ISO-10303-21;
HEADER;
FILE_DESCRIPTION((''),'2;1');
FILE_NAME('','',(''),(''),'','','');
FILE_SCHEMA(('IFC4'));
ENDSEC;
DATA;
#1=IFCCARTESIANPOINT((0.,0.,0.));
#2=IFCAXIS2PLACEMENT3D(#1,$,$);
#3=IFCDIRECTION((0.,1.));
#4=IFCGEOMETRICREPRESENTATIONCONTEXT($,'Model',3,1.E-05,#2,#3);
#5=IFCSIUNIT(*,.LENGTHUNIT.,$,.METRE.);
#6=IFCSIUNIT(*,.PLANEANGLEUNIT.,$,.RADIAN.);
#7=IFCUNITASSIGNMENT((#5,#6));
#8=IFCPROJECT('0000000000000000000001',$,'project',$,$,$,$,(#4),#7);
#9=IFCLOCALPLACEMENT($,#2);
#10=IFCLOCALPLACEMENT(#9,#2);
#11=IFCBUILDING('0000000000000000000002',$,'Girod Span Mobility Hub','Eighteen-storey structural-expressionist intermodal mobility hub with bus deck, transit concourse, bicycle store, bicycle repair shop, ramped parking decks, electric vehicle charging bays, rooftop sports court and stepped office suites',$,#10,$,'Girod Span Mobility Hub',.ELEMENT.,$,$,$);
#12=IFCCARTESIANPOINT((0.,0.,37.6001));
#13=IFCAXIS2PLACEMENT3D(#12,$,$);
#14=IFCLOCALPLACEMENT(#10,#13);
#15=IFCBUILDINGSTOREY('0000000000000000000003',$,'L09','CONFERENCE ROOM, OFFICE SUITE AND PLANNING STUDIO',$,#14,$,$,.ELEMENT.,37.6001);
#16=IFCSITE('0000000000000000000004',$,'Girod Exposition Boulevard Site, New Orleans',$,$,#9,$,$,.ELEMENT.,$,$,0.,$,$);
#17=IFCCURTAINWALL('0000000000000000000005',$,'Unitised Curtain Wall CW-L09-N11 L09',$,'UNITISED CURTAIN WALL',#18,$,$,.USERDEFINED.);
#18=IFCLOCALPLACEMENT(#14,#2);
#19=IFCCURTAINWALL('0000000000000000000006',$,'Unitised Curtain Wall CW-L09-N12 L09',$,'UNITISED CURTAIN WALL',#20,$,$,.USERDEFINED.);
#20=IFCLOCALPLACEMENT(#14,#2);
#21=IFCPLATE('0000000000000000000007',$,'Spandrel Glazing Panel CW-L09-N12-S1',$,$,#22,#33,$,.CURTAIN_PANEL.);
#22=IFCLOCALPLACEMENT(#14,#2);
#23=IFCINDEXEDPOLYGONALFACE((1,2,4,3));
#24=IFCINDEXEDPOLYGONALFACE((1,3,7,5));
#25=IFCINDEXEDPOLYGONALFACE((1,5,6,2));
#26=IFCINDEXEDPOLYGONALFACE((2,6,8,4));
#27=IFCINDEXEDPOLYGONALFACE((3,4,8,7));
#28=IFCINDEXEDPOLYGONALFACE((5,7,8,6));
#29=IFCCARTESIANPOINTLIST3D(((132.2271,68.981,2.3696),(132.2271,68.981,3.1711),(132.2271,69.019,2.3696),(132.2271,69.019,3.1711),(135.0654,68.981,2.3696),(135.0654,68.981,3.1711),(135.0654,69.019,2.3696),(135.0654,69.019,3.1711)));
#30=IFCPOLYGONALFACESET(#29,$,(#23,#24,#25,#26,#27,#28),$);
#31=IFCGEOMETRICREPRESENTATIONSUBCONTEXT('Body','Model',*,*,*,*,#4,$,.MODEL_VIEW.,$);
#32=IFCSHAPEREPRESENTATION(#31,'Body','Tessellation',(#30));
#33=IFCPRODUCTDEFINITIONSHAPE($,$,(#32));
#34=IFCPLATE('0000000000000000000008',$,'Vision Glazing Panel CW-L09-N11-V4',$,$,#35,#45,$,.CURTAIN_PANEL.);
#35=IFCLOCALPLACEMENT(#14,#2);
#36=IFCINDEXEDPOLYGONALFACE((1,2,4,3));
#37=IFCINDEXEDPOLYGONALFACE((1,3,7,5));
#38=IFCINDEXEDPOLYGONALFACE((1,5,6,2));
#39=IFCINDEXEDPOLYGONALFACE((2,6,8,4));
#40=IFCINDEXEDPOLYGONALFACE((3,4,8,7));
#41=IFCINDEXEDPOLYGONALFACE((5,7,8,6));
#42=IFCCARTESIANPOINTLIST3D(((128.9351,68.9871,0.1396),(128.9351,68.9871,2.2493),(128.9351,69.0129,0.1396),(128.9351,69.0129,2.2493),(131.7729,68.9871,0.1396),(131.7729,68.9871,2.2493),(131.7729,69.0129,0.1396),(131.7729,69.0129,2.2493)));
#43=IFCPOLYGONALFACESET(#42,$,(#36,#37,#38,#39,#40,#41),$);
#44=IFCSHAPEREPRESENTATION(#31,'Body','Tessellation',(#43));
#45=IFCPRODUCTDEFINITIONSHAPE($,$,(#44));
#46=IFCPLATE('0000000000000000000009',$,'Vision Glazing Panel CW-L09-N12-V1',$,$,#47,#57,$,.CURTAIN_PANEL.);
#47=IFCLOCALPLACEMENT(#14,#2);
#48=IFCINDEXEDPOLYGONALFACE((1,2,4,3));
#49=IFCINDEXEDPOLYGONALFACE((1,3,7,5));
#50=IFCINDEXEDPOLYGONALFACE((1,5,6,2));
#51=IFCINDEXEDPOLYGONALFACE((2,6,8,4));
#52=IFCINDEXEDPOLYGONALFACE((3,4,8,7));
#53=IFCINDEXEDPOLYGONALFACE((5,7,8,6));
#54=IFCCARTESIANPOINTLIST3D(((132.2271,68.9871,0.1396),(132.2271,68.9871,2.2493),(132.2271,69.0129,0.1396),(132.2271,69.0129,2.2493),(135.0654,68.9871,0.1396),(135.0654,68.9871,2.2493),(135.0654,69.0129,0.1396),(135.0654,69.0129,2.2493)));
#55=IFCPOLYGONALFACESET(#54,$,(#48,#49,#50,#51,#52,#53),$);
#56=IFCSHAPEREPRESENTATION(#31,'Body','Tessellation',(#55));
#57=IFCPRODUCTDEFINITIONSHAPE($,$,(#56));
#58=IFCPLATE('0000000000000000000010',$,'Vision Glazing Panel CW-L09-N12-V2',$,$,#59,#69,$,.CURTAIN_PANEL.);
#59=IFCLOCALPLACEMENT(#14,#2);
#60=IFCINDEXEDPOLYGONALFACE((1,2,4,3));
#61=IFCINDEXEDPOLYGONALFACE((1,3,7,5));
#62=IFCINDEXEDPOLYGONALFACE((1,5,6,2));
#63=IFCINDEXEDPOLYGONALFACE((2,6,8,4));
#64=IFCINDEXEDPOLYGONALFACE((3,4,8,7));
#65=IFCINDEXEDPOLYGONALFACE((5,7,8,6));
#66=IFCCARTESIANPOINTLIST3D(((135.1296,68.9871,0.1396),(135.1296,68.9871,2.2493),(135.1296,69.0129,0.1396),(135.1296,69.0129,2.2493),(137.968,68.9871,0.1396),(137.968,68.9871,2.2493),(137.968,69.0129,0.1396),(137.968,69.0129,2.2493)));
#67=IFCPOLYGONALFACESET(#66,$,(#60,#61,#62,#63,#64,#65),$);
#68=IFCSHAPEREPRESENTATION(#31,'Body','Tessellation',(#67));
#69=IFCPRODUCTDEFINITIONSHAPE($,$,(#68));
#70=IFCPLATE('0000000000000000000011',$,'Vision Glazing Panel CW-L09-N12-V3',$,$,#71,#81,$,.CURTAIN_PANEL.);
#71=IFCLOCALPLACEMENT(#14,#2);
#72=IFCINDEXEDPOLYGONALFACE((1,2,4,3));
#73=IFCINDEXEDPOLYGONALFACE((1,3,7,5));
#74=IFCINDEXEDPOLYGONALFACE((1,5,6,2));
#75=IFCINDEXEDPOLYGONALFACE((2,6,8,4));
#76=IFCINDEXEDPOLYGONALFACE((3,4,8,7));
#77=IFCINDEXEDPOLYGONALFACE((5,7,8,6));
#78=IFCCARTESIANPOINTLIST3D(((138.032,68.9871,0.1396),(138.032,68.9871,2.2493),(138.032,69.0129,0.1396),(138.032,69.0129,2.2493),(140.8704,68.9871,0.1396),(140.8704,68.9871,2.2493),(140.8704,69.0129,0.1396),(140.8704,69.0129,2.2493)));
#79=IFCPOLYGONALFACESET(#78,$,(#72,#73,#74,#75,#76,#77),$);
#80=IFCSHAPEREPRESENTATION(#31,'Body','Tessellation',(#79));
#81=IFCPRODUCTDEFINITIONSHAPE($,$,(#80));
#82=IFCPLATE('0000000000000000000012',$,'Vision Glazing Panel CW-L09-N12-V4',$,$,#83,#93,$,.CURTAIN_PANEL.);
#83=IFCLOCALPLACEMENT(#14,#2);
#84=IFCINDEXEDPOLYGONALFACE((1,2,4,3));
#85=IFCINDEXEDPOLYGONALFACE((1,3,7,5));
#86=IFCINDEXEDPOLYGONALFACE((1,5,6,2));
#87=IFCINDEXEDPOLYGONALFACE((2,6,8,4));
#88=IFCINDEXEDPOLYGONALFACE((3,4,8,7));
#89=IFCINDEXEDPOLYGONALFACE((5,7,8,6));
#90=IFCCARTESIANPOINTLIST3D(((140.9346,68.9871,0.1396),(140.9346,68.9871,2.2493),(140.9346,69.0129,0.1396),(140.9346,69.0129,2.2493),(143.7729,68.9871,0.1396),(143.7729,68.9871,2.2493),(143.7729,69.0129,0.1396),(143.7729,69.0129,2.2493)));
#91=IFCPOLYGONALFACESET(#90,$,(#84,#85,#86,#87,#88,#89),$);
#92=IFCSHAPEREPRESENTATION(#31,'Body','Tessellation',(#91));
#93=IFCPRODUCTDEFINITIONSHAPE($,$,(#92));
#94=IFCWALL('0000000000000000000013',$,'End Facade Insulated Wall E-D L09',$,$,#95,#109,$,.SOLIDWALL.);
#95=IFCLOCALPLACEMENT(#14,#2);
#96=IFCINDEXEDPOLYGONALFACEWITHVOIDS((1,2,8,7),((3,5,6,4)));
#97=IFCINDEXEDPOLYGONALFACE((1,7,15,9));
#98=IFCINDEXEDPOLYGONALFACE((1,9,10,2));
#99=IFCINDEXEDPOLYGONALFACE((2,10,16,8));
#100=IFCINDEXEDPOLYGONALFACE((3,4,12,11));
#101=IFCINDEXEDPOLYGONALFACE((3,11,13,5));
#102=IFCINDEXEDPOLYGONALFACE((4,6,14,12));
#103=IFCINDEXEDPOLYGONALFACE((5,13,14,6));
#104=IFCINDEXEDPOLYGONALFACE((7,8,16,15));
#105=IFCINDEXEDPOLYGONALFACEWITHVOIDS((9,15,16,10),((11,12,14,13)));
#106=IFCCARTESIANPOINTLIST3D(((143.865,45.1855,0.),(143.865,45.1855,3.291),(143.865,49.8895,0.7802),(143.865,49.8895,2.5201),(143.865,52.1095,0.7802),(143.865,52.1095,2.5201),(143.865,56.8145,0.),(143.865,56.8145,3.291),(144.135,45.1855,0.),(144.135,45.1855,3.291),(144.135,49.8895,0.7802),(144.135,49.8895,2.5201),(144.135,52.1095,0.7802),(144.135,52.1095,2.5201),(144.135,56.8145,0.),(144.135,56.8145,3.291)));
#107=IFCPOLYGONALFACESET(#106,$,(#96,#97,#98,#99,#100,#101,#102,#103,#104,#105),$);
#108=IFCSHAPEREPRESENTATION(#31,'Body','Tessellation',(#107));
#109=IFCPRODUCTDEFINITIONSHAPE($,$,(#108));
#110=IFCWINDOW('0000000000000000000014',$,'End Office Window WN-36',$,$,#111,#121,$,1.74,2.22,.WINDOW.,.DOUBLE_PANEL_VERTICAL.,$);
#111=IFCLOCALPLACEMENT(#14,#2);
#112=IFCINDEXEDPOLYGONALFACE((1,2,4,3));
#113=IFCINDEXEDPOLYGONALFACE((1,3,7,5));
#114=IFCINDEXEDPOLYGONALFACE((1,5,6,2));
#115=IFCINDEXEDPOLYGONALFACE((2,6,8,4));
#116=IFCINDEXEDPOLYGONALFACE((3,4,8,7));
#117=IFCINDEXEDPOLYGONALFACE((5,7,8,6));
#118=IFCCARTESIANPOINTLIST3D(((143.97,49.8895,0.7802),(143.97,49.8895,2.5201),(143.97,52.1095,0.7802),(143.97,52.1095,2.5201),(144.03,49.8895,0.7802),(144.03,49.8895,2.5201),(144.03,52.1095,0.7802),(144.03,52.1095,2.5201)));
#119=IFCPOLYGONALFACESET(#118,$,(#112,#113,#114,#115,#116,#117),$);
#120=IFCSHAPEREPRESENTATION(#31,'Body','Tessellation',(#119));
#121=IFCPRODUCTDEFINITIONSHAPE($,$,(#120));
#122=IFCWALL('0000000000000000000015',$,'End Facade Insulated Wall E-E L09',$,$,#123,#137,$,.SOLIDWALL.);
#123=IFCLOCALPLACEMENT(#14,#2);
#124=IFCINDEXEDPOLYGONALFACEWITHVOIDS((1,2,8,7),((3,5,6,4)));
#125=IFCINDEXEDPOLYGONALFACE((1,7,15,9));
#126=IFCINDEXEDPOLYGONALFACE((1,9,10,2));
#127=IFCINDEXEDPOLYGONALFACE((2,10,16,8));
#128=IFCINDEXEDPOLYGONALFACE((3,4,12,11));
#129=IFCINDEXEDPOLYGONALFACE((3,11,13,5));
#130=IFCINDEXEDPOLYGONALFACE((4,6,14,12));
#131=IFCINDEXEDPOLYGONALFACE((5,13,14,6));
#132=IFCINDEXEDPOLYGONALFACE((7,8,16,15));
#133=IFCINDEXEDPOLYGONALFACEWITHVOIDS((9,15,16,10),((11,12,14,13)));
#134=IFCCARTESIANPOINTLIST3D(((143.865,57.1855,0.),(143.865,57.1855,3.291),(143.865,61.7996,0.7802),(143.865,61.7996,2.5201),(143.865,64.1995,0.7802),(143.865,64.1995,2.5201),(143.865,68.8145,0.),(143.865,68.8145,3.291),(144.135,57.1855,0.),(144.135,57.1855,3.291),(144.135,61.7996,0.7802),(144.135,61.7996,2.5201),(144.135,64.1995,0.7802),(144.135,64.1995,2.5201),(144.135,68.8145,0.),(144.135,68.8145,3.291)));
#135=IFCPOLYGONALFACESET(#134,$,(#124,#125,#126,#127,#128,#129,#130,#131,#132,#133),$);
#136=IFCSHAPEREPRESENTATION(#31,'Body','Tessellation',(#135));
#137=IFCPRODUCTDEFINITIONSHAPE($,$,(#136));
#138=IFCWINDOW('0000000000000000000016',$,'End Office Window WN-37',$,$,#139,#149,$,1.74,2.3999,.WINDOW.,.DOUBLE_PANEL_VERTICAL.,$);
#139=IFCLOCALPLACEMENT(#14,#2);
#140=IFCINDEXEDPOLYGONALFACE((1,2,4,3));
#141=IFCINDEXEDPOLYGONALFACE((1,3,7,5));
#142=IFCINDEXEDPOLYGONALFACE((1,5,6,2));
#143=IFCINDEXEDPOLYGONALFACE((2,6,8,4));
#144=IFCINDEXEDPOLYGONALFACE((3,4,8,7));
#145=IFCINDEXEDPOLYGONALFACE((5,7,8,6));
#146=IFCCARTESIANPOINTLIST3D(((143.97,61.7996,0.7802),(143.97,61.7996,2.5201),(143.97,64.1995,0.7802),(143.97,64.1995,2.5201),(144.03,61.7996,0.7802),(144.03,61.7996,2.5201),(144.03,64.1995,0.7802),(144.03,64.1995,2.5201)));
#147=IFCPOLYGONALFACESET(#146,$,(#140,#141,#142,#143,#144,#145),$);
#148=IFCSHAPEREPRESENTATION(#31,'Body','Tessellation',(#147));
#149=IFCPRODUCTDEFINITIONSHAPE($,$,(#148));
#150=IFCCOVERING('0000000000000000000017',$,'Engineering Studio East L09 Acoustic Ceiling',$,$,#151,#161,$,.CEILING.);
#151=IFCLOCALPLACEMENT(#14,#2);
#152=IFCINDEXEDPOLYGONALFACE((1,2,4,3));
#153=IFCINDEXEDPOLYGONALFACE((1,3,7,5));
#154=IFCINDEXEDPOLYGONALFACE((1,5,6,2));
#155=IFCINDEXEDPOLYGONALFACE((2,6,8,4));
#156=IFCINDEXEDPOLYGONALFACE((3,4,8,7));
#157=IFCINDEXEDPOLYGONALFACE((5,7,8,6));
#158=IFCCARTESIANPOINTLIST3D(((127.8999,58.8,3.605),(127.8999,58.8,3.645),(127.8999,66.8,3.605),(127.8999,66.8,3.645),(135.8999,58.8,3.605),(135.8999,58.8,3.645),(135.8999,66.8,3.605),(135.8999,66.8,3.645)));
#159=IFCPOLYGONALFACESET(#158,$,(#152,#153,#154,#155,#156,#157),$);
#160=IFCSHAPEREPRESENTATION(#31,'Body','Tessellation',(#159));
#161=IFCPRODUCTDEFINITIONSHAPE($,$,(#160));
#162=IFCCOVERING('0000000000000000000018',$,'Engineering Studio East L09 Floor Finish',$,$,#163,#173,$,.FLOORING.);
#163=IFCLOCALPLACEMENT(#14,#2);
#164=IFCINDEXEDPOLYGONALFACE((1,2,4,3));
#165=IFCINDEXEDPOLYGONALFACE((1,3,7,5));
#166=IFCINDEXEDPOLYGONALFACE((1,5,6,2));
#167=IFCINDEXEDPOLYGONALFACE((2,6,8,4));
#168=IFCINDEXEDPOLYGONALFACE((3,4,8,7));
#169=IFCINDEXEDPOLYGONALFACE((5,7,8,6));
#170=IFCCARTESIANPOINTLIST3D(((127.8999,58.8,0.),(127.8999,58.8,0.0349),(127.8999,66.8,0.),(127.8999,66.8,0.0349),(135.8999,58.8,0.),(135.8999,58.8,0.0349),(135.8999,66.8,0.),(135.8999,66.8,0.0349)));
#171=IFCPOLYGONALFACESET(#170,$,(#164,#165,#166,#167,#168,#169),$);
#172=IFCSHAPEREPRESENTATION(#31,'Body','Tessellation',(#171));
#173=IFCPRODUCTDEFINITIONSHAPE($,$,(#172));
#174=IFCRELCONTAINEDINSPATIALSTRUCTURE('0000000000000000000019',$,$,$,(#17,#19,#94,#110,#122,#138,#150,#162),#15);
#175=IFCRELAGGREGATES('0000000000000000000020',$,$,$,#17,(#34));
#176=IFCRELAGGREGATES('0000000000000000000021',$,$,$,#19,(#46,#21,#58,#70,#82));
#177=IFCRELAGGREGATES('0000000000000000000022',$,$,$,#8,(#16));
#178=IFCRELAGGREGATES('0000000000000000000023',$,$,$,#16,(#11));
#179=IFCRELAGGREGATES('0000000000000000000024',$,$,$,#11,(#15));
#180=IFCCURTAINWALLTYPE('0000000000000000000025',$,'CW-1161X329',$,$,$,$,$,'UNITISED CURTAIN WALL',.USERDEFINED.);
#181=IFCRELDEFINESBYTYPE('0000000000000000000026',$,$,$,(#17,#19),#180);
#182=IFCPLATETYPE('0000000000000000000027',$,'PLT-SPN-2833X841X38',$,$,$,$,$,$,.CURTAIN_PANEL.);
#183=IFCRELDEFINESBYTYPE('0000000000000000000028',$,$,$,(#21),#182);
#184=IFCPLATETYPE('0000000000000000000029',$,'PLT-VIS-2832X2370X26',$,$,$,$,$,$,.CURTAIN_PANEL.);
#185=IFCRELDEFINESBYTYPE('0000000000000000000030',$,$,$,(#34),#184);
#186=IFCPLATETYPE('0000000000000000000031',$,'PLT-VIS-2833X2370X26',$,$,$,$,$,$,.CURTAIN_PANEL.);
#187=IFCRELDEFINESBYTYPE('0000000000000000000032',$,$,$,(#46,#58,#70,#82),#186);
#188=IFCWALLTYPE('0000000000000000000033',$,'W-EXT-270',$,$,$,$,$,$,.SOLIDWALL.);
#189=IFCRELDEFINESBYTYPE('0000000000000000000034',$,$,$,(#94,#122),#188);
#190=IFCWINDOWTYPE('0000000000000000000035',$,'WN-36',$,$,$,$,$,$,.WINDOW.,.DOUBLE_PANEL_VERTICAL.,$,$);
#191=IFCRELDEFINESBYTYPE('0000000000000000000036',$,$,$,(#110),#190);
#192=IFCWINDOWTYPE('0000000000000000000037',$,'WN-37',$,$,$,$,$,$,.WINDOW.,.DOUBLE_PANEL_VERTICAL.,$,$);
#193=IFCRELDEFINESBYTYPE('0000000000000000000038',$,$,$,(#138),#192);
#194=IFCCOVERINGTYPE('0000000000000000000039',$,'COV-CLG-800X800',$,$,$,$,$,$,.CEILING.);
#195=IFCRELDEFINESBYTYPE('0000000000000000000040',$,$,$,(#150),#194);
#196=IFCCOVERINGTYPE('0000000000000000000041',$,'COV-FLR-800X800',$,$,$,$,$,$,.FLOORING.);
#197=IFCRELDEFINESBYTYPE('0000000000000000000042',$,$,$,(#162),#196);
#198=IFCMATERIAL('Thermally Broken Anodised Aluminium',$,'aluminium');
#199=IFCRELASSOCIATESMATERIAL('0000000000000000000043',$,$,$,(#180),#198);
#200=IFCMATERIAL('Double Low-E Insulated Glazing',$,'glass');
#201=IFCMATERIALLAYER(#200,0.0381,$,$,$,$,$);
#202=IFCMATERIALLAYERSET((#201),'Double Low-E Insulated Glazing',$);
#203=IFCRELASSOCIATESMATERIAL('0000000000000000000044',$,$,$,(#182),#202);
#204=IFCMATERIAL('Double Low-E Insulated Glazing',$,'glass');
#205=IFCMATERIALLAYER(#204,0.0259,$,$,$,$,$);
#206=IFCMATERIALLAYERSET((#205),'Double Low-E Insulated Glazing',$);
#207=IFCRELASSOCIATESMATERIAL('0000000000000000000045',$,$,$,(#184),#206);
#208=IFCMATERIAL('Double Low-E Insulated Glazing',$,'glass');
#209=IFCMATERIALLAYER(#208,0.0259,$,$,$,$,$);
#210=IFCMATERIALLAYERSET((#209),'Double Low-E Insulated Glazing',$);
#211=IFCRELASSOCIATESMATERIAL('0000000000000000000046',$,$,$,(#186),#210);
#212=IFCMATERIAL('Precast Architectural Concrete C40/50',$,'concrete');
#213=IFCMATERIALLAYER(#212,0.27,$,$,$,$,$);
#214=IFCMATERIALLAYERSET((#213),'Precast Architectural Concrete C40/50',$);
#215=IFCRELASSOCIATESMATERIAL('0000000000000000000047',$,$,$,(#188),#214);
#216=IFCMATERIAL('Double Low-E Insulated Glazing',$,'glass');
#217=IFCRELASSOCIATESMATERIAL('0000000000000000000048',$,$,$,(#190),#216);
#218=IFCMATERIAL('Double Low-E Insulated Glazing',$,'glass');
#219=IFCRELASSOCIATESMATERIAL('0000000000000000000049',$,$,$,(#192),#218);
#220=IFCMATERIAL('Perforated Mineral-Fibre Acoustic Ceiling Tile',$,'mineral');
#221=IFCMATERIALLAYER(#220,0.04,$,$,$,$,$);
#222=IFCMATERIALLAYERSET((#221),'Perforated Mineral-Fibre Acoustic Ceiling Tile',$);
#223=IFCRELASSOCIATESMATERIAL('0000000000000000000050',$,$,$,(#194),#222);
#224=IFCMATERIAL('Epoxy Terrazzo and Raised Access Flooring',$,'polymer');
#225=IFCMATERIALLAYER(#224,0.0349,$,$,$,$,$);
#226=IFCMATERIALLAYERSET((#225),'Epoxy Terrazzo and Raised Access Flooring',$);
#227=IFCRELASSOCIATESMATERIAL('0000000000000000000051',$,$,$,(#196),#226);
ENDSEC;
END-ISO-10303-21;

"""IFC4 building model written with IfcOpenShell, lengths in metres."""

from ifc_helpers import new_model, si_unit, direction, frame, frame_2d, origin, origin_2d, place, context, subcontext, project, spatial, rectangle, extrude, material, layer, layer_set, type_object, element, fill, aggregate, save


model = new_model("IFC4")

# Units and contexts
model_context = context("Model", 3, precision=1e-05, world=origin(), true_north=direction((0.0, 1.0)))
body_context = subcontext(model_context, "Body", "Model", "MODEL_VIEW")
ifc_project = project(units=[si_unit("LENGTHUNIT", "METRE"), si_unit("PLANEANGLEUNIT", "RADIAN")], contexts=[model_context])

# Site, building, storey
site_placement = place(None, origin())
site = spatial("IfcSite", under=ifc_project, at=site_placement, Name="Girod Exposition Boulevard Site, New Orleans", CompositionType="ELEMENT", RefElevation=0.0)
building_placement = place(site_placement, origin())
building = spatial("IfcBuilding", under=site, at=building_placement, Name="Girod Span Mobility Hub", Description="Eighteen-storey structural-expressionist intermodal mobility hub with bus deck, transit concourse, bicycle store, bicycle repair shop, ramped parking decks, electric vehicle charging bays, rooftop sports court and stepped office suites", LongName="Girod Span Mobility Hub", CompositionType="ELEMENT")
storey_placement = place(building_placement, frame((0.0, 0.0, 37.6001)))
storey = spatial("IfcBuildingStorey", under=building, at=storey_placement, Name="L09", Description="CONFERENCE ROOM, OFFICE SUITE AND PLANNING STUDIO", CompositionType="ELEMENT", Elevation=37.6001)

# Curtain walls
ifc_material_1 = material(Name="Thermally Broken Anodised Aluminium", Category="aluminium")
curtain_wall_type = type_object("IfcCurtainWallType", Name="CW-1161X329", ElementType="UNITISED CURTAIN WALL", PredefinedType="USERDEFINED", material=ifc_material_1)
curtain_wall_1_placement = place(storey_placement, origin())
curtain_wall_1 = element("IfcCurtainWall", 1, at=curtain_wall_1_placement, inside=storey, type_object=curtain_wall_type, Name="Unitised Curtain Wall CW-L09-N11 L09", ObjectType="UNITISED CURTAIN WALL", PredefinedType="USERDEFINED")
curtain_wall_2_placement = place(storey_placement, origin())
curtain_wall_2 = element("IfcCurtainWall", 2, at=curtain_wall_2_placement, inside=storey, type_object=curtain_wall_type, Name="Unitised Curtain Wall CW-L09-N12 L09", ObjectType="UNITISED CURTAIN WALL", PredefinedType="USERDEFINED")

# Plates
ifc_material_2 = material(Name="Double Low-E Insulated Glazing", Category="glass")
ifc_layer_1 = layer(ifc_material_2, 0.0381)
ifc_layer_set_1 = layer_set([ifc_layer_1], Name="Double Low-E Insulated Glazing")
plate_type_1 = type_object("IfcPlateType", Name="PLT-SPN-2833X841X38", PredefinedType="CURTAIN_PANEL", material=ifc_layer_set_1)
plate_1_placement = place(storey_placement, frame((133.6462, 69.0, 2.3696), z_axis=(0.0, 0.0, 1.0), x_axis=(1.0, 0.0, 0.0)))
plate_1 = element("IfcPlate", 3, at=plate_1_placement, type_object=plate_type_1, Name="Spandrel Glazing Panel CW-L09-N12-S1", PredefinedType="CURTAIN_PANEL", context=body_context, shape_type="SweptSolid", body=[
    extrude(rectangle(XDim=2.8384, YDim=0.0381, at=origin_2d()), origin(), (0.0, 0.0, 1.0), 0.8015),
])
ifc_material_3 = material(Name="Double Low-E Insulated Glazing", Category="glass")
ifc_layer_2 = layer(ifc_material_3, 0.0259)
ifc_layer_set_2 = layer_set([ifc_layer_2], Name="Double Low-E Insulated Glazing")
plate_type_2 = type_object("IfcPlateType", Name="PLT-VIS-2832X2370X26", PredefinedType="CURTAIN_PANEL", material=ifc_layer_set_2)
plate_2_placement = place(storey_placement, frame((130.354, 69.0, 0.1396), z_axis=(0.0, 0.0, 1.0), x_axis=(1.0, 0.0, 0.0)))
plate_2 = element("IfcPlate", 4, at=plate_2_placement, type_object=plate_type_2, Name="Vision Glazing Panel CW-L09-N11-V4", PredefinedType="CURTAIN_PANEL", context=body_context, shape_type="SweptSolid", body=[
    extrude(rectangle(XDim=2.8379, YDim=0.0259, at=origin_2d()), origin(), (0.0, 0.0, 1.0), 2.1096),
])
aggregate(curtain_wall_1, [plate_2])
ifc_material_4 = material(Name="Double Low-E Insulated Glazing", Category="glass")
ifc_layer_3 = layer(ifc_material_4, 0.0259)
ifc_layer_set_3 = layer_set([ifc_layer_3], Name="Double Low-E Insulated Glazing")
plate_type_3 = type_object("IfcPlateType", Name="PLT-VIS-2833X2370X26", PredefinedType="CURTAIN_PANEL", material=ifc_layer_set_3)
plate_3_placement = place(storey_placement, frame((133.6462, 69.0, 0.1396), z_axis=(0.0, 0.0, 1.0), x_axis=(1.0, 0.0, 0.0)))
plate_3 = element("IfcPlate", 5, at=plate_3_placement, type_object=plate_type_3, Name="Vision Glazing Panel CW-L09-N12-V1", PredefinedType="CURTAIN_PANEL", context=body_context, shape_type="SweptSolid", body=[
    extrude(rectangle(XDim=2.8384, YDim=0.0259, at=origin_2d()), origin(), (0.0, 0.0, 1.0), 2.1096),
])
plate_4_placement = place(storey_placement, frame((136.5488, 69.0, 0.1396), z_axis=(0.0, 0.0, 1.0), x_axis=(1.0, 0.0, 0.0)))
plate_4 = element("IfcPlate", 6, at=plate_4_placement, type_object=plate_type_3, Name="Vision Glazing Panel CW-L09-N12-V2", PredefinedType="CURTAIN_PANEL", context=body_context, shape_type="SweptSolid", body=[
    extrude(rectangle(XDim=2.8384, YDim=0.0259, at=origin_2d()), origin(), (0.0, 0.0, 1.0), 2.1096),
])
plate_5_placement = place(storey_placement, frame((139.4512, 69.0, 0.1396), z_axis=(0.0, 0.0, 1.0), x_axis=(1.0, 0.0, 0.0)))
plate_5 = element("IfcPlate", 7, at=plate_5_placement, type_object=plate_type_3, Name="Vision Glazing Panel CW-L09-N12-V3", PredefinedType="CURTAIN_PANEL", context=body_context, shape_type="SweptSolid", body=[
    extrude(rectangle(XDim=2.8384, YDim=0.0259, at=origin_2d()), origin(), (0.0, 0.0, 1.0), 2.1096),
])
plate_6_placement = place(storey_placement, frame((142.3538, 69.0, 0.1396), z_axis=(0.0, 0.0, 1.0), x_axis=(1.0, 0.0, 0.0)))
plate_6 = element("IfcPlate", 8, at=plate_6_placement, type_object=plate_type_3, Name="Vision Glazing Panel CW-L09-N12-V4", PredefinedType="CURTAIN_PANEL", context=body_context, shape_type="SweptSolid", body=[
    extrude(rectangle(XDim=2.8384, YDim=0.0259, at=origin_2d()), origin(), (0.0, 0.0, 1.0), 2.1096),
])
aggregate(curtain_wall_2, [plate_3, plate_1, plate_4, plate_5, plate_6])

# Walls, openings, windows
ifc_material_5 = material(Name="Precast Architectural Concrete C40/50", Category="concrete")
ifc_layer_4 = layer(ifc_material_5, 0.27)
ifc_layer_set_4 = layer_set([ifc_layer_4], Name="Precast Architectural Concrete C40/50")
wall_type = type_object("IfcWallType", Name="W-EXT-270", PredefinedType="SOLIDWALL", material=ifc_layer_set_4)
wall_1_placement = place(storey_placement, frame((144.0, 45.1855, 0.0), z_axis=(0.0, 0.0, 1.0), x_axis=(0.0, 1.0, 0.0)))
wall_1 = element("IfcWall", 9, at=wall_1_placement, inside=storey, type_object=wall_type, Name="End Facade Insulated Wall E-D L09", PredefinedType="SOLIDWALL", context=body_context, shape_type="SweptSolid", body=[
    extrude(rectangle(XDim=11.6289, YDim=0.27, at=frame_2d((5.8145, 0.0))), origin(), (0.0, 0.0, 1.0), 3.291),
])
opening_1_placement = place(wall_1_placement, frame((4.7041, 0.0, 0.78)))
opening_1 = element("IfcOpeningElement", 10, at=opening_1_placement, cuts=wall_1, PredefinedType="OPENING", context=body_context, shape_type="SweptSolid", body=[
    extrude(rectangle(XDim=2.22, YDim=1.74, at=frame_2d((1.1099, 0.8701))), frame((0.0, 0.1499, 0.0), z_axis=(0.0, -1.0, 0.0), x_axis=(1.0, 0.0, 0.0)), (0.0, 0.0, 1.0), 0.3),
])
ifc_material_6 = material(Name="Double Low-E Insulated Glazing", Category="glass")
window_type_1 = type_object("IfcWindowType", Name="WN-36", PartitioningType="DOUBLE_PANEL_VERTICAL", PredefinedType="WINDOW", material=ifc_material_6)
window_1_placement = place(opening_1_placement, origin())
window_1 = element("IfcWindow", 11, at=window_1_placement, inside=storey, type_object=window_type_1, Name="End Office Window WN-36", OverallHeight=1.74, OverallWidth=2.22, PartitioningType="DOUBLE_PANEL_VERTICAL", PredefinedType="WINDOW", context=body_context, shape_type="SweptSolid", body=[
    extrude(rectangle(XDim=2.22, YDim=1.74, at=frame_2d((1.1099, 0.8701))), frame((0.0, 0.03, 0.0), z_axis=(0.0, -1.0, 0.0), x_axis=(1.0, 0.0, 0.0)), (0.0, 0.0, 1.0), 0.0601),
])
fill(opening_1, window_1)
wall_2_placement = place(storey_placement, frame((144.0, 57.1855, 0.0), z_axis=(0.0, 0.0, 1.0), x_axis=(0.0, 1.0, 0.0)))
wall_2 = element("IfcWall", 12, at=wall_2_placement, inside=storey, type_object=wall_type, Name="End Facade Insulated Wall E-E L09", PredefinedType="SOLIDWALL", context=body_context, shape_type="SweptSolid", body=[
    extrude(rectangle(XDim=11.6289, YDim=0.27, at=frame_2d((5.8145, 0.0))), origin(), (0.0, 0.0, 1.0), 3.291),
])
opening_2_placement = place(wall_2_placement, frame((4.614, 0.0, 0.78)))
opening_2 = element("IfcOpeningElement", 13, at=opening_2_placement, cuts=wall_2, PredefinedType="OPENING", context=body_context, shape_type="SweptSolid", body=[
    extrude(rectangle(XDim=2.3999, YDim=1.74, at=frame_2d((1.2, 0.8701))), frame((0.0, 0.1499, 0.0), z_axis=(0.0, -1.0, 0.0), x_axis=(1.0, 0.0, 0.0)), (0.0, 0.0, 1.0), 0.3),
])
ifc_material_7 = material(Name="Double Low-E Insulated Glazing", Category="glass")
window_type_2 = type_object("IfcWindowType", Name="WN-37", PartitioningType="DOUBLE_PANEL_VERTICAL", PredefinedType="WINDOW", material=ifc_material_7)
window_2_placement = place(opening_2_placement, origin())
window_2 = element("IfcWindow", 14, at=window_2_placement, inside=storey, type_object=window_type_2, Name="End Office Window WN-37", OverallHeight=1.74, OverallWidth=2.3999, PartitioningType="DOUBLE_PANEL_VERTICAL", PredefinedType="WINDOW", context=body_context, shape_type="SweptSolid", body=[
    extrude(rectangle(XDim=2.3999, YDim=1.74, at=frame_2d((1.2, 0.8701))), frame((0.0, 0.03, 0.0), z_axis=(0.0, -1.0, 0.0), x_axis=(1.0, 0.0, 0.0)), (0.0, 0.0, 1.0), 0.0601),
])
fill(opening_2, window_2)

# Coverings
ifc_material_8 = material(Name="Perforated Mineral-Fibre Acoustic Ceiling Tile", Category="mineral")
ifc_layer_5 = layer(ifc_material_8, 0.04)
ifc_layer_set_5 = layer_set([ifc_layer_5], Name="Perforated Mineral-Fibre Acoustic Ceiling Tile")
covering_type_1 = type_object("IfcCoveringType", Name="COV-CLG-800X800", PredefinedType="CEILING", material=ifc_layer_set_5)
covering_1_placement = place(storey_placement, frame((131.8999, 62.8, 3.605), z_axis=(0.0, 0.0, 1.0), x_axis=(1.0, 0.0, 0.0)))
element("IfcCovering", 15, at=covering_1_placement, inside=storey, type_object=covering_type_1, Name="Engineering Studio East L09 Acoustic Ceiling", PredefinedType="CEILING", context=body_context, shape_type="SweptSolid", body=[
    extrude(rectangle(XDim=8.0, YDim=8.0, at=origin_2d()), origin(), (0.0, 0.0, 1.0), 0.04),
])
ifc_material_9 = material(Name="Epoxy Terrazzo and Raised Access Flooring", Category="polymer")
ifc_layer_6 = layer(ifc_material_9, 0.0349)
ifc_layer_set_6 = layer_set([ifc_layer_6], Name="Epoxy Terrazzo and Raised Access Flooring")
covering_type_2 = type_object("IfcCoveringType", Name="COV-FLR-800X800", PredefinedType="FLOORING", material=ifc_layer_set_6)
covering_2_placement = place(storey_placement, frame((131.8999, 62.8, 0.0), z_axis=(0.0, 0.0, 1.0), x_axis=(1.0, 0.0, 0.0)))
element("IfcCovering", 16, at=covering_2_placement, inside=storey, type_object=covering_type_2, Name="Engineering Studio East L09 Floor Finish", PredefinedType="FLOORING", context=body_context, shape_type="SweptSolid", body=[
    extrude(rectangle(XDim=8.0, YDim=8.0, at=origin_2d()), origin(), (0.0, 0.0, 1.0), 0.0349),
])

save(model, "model.ifc")
